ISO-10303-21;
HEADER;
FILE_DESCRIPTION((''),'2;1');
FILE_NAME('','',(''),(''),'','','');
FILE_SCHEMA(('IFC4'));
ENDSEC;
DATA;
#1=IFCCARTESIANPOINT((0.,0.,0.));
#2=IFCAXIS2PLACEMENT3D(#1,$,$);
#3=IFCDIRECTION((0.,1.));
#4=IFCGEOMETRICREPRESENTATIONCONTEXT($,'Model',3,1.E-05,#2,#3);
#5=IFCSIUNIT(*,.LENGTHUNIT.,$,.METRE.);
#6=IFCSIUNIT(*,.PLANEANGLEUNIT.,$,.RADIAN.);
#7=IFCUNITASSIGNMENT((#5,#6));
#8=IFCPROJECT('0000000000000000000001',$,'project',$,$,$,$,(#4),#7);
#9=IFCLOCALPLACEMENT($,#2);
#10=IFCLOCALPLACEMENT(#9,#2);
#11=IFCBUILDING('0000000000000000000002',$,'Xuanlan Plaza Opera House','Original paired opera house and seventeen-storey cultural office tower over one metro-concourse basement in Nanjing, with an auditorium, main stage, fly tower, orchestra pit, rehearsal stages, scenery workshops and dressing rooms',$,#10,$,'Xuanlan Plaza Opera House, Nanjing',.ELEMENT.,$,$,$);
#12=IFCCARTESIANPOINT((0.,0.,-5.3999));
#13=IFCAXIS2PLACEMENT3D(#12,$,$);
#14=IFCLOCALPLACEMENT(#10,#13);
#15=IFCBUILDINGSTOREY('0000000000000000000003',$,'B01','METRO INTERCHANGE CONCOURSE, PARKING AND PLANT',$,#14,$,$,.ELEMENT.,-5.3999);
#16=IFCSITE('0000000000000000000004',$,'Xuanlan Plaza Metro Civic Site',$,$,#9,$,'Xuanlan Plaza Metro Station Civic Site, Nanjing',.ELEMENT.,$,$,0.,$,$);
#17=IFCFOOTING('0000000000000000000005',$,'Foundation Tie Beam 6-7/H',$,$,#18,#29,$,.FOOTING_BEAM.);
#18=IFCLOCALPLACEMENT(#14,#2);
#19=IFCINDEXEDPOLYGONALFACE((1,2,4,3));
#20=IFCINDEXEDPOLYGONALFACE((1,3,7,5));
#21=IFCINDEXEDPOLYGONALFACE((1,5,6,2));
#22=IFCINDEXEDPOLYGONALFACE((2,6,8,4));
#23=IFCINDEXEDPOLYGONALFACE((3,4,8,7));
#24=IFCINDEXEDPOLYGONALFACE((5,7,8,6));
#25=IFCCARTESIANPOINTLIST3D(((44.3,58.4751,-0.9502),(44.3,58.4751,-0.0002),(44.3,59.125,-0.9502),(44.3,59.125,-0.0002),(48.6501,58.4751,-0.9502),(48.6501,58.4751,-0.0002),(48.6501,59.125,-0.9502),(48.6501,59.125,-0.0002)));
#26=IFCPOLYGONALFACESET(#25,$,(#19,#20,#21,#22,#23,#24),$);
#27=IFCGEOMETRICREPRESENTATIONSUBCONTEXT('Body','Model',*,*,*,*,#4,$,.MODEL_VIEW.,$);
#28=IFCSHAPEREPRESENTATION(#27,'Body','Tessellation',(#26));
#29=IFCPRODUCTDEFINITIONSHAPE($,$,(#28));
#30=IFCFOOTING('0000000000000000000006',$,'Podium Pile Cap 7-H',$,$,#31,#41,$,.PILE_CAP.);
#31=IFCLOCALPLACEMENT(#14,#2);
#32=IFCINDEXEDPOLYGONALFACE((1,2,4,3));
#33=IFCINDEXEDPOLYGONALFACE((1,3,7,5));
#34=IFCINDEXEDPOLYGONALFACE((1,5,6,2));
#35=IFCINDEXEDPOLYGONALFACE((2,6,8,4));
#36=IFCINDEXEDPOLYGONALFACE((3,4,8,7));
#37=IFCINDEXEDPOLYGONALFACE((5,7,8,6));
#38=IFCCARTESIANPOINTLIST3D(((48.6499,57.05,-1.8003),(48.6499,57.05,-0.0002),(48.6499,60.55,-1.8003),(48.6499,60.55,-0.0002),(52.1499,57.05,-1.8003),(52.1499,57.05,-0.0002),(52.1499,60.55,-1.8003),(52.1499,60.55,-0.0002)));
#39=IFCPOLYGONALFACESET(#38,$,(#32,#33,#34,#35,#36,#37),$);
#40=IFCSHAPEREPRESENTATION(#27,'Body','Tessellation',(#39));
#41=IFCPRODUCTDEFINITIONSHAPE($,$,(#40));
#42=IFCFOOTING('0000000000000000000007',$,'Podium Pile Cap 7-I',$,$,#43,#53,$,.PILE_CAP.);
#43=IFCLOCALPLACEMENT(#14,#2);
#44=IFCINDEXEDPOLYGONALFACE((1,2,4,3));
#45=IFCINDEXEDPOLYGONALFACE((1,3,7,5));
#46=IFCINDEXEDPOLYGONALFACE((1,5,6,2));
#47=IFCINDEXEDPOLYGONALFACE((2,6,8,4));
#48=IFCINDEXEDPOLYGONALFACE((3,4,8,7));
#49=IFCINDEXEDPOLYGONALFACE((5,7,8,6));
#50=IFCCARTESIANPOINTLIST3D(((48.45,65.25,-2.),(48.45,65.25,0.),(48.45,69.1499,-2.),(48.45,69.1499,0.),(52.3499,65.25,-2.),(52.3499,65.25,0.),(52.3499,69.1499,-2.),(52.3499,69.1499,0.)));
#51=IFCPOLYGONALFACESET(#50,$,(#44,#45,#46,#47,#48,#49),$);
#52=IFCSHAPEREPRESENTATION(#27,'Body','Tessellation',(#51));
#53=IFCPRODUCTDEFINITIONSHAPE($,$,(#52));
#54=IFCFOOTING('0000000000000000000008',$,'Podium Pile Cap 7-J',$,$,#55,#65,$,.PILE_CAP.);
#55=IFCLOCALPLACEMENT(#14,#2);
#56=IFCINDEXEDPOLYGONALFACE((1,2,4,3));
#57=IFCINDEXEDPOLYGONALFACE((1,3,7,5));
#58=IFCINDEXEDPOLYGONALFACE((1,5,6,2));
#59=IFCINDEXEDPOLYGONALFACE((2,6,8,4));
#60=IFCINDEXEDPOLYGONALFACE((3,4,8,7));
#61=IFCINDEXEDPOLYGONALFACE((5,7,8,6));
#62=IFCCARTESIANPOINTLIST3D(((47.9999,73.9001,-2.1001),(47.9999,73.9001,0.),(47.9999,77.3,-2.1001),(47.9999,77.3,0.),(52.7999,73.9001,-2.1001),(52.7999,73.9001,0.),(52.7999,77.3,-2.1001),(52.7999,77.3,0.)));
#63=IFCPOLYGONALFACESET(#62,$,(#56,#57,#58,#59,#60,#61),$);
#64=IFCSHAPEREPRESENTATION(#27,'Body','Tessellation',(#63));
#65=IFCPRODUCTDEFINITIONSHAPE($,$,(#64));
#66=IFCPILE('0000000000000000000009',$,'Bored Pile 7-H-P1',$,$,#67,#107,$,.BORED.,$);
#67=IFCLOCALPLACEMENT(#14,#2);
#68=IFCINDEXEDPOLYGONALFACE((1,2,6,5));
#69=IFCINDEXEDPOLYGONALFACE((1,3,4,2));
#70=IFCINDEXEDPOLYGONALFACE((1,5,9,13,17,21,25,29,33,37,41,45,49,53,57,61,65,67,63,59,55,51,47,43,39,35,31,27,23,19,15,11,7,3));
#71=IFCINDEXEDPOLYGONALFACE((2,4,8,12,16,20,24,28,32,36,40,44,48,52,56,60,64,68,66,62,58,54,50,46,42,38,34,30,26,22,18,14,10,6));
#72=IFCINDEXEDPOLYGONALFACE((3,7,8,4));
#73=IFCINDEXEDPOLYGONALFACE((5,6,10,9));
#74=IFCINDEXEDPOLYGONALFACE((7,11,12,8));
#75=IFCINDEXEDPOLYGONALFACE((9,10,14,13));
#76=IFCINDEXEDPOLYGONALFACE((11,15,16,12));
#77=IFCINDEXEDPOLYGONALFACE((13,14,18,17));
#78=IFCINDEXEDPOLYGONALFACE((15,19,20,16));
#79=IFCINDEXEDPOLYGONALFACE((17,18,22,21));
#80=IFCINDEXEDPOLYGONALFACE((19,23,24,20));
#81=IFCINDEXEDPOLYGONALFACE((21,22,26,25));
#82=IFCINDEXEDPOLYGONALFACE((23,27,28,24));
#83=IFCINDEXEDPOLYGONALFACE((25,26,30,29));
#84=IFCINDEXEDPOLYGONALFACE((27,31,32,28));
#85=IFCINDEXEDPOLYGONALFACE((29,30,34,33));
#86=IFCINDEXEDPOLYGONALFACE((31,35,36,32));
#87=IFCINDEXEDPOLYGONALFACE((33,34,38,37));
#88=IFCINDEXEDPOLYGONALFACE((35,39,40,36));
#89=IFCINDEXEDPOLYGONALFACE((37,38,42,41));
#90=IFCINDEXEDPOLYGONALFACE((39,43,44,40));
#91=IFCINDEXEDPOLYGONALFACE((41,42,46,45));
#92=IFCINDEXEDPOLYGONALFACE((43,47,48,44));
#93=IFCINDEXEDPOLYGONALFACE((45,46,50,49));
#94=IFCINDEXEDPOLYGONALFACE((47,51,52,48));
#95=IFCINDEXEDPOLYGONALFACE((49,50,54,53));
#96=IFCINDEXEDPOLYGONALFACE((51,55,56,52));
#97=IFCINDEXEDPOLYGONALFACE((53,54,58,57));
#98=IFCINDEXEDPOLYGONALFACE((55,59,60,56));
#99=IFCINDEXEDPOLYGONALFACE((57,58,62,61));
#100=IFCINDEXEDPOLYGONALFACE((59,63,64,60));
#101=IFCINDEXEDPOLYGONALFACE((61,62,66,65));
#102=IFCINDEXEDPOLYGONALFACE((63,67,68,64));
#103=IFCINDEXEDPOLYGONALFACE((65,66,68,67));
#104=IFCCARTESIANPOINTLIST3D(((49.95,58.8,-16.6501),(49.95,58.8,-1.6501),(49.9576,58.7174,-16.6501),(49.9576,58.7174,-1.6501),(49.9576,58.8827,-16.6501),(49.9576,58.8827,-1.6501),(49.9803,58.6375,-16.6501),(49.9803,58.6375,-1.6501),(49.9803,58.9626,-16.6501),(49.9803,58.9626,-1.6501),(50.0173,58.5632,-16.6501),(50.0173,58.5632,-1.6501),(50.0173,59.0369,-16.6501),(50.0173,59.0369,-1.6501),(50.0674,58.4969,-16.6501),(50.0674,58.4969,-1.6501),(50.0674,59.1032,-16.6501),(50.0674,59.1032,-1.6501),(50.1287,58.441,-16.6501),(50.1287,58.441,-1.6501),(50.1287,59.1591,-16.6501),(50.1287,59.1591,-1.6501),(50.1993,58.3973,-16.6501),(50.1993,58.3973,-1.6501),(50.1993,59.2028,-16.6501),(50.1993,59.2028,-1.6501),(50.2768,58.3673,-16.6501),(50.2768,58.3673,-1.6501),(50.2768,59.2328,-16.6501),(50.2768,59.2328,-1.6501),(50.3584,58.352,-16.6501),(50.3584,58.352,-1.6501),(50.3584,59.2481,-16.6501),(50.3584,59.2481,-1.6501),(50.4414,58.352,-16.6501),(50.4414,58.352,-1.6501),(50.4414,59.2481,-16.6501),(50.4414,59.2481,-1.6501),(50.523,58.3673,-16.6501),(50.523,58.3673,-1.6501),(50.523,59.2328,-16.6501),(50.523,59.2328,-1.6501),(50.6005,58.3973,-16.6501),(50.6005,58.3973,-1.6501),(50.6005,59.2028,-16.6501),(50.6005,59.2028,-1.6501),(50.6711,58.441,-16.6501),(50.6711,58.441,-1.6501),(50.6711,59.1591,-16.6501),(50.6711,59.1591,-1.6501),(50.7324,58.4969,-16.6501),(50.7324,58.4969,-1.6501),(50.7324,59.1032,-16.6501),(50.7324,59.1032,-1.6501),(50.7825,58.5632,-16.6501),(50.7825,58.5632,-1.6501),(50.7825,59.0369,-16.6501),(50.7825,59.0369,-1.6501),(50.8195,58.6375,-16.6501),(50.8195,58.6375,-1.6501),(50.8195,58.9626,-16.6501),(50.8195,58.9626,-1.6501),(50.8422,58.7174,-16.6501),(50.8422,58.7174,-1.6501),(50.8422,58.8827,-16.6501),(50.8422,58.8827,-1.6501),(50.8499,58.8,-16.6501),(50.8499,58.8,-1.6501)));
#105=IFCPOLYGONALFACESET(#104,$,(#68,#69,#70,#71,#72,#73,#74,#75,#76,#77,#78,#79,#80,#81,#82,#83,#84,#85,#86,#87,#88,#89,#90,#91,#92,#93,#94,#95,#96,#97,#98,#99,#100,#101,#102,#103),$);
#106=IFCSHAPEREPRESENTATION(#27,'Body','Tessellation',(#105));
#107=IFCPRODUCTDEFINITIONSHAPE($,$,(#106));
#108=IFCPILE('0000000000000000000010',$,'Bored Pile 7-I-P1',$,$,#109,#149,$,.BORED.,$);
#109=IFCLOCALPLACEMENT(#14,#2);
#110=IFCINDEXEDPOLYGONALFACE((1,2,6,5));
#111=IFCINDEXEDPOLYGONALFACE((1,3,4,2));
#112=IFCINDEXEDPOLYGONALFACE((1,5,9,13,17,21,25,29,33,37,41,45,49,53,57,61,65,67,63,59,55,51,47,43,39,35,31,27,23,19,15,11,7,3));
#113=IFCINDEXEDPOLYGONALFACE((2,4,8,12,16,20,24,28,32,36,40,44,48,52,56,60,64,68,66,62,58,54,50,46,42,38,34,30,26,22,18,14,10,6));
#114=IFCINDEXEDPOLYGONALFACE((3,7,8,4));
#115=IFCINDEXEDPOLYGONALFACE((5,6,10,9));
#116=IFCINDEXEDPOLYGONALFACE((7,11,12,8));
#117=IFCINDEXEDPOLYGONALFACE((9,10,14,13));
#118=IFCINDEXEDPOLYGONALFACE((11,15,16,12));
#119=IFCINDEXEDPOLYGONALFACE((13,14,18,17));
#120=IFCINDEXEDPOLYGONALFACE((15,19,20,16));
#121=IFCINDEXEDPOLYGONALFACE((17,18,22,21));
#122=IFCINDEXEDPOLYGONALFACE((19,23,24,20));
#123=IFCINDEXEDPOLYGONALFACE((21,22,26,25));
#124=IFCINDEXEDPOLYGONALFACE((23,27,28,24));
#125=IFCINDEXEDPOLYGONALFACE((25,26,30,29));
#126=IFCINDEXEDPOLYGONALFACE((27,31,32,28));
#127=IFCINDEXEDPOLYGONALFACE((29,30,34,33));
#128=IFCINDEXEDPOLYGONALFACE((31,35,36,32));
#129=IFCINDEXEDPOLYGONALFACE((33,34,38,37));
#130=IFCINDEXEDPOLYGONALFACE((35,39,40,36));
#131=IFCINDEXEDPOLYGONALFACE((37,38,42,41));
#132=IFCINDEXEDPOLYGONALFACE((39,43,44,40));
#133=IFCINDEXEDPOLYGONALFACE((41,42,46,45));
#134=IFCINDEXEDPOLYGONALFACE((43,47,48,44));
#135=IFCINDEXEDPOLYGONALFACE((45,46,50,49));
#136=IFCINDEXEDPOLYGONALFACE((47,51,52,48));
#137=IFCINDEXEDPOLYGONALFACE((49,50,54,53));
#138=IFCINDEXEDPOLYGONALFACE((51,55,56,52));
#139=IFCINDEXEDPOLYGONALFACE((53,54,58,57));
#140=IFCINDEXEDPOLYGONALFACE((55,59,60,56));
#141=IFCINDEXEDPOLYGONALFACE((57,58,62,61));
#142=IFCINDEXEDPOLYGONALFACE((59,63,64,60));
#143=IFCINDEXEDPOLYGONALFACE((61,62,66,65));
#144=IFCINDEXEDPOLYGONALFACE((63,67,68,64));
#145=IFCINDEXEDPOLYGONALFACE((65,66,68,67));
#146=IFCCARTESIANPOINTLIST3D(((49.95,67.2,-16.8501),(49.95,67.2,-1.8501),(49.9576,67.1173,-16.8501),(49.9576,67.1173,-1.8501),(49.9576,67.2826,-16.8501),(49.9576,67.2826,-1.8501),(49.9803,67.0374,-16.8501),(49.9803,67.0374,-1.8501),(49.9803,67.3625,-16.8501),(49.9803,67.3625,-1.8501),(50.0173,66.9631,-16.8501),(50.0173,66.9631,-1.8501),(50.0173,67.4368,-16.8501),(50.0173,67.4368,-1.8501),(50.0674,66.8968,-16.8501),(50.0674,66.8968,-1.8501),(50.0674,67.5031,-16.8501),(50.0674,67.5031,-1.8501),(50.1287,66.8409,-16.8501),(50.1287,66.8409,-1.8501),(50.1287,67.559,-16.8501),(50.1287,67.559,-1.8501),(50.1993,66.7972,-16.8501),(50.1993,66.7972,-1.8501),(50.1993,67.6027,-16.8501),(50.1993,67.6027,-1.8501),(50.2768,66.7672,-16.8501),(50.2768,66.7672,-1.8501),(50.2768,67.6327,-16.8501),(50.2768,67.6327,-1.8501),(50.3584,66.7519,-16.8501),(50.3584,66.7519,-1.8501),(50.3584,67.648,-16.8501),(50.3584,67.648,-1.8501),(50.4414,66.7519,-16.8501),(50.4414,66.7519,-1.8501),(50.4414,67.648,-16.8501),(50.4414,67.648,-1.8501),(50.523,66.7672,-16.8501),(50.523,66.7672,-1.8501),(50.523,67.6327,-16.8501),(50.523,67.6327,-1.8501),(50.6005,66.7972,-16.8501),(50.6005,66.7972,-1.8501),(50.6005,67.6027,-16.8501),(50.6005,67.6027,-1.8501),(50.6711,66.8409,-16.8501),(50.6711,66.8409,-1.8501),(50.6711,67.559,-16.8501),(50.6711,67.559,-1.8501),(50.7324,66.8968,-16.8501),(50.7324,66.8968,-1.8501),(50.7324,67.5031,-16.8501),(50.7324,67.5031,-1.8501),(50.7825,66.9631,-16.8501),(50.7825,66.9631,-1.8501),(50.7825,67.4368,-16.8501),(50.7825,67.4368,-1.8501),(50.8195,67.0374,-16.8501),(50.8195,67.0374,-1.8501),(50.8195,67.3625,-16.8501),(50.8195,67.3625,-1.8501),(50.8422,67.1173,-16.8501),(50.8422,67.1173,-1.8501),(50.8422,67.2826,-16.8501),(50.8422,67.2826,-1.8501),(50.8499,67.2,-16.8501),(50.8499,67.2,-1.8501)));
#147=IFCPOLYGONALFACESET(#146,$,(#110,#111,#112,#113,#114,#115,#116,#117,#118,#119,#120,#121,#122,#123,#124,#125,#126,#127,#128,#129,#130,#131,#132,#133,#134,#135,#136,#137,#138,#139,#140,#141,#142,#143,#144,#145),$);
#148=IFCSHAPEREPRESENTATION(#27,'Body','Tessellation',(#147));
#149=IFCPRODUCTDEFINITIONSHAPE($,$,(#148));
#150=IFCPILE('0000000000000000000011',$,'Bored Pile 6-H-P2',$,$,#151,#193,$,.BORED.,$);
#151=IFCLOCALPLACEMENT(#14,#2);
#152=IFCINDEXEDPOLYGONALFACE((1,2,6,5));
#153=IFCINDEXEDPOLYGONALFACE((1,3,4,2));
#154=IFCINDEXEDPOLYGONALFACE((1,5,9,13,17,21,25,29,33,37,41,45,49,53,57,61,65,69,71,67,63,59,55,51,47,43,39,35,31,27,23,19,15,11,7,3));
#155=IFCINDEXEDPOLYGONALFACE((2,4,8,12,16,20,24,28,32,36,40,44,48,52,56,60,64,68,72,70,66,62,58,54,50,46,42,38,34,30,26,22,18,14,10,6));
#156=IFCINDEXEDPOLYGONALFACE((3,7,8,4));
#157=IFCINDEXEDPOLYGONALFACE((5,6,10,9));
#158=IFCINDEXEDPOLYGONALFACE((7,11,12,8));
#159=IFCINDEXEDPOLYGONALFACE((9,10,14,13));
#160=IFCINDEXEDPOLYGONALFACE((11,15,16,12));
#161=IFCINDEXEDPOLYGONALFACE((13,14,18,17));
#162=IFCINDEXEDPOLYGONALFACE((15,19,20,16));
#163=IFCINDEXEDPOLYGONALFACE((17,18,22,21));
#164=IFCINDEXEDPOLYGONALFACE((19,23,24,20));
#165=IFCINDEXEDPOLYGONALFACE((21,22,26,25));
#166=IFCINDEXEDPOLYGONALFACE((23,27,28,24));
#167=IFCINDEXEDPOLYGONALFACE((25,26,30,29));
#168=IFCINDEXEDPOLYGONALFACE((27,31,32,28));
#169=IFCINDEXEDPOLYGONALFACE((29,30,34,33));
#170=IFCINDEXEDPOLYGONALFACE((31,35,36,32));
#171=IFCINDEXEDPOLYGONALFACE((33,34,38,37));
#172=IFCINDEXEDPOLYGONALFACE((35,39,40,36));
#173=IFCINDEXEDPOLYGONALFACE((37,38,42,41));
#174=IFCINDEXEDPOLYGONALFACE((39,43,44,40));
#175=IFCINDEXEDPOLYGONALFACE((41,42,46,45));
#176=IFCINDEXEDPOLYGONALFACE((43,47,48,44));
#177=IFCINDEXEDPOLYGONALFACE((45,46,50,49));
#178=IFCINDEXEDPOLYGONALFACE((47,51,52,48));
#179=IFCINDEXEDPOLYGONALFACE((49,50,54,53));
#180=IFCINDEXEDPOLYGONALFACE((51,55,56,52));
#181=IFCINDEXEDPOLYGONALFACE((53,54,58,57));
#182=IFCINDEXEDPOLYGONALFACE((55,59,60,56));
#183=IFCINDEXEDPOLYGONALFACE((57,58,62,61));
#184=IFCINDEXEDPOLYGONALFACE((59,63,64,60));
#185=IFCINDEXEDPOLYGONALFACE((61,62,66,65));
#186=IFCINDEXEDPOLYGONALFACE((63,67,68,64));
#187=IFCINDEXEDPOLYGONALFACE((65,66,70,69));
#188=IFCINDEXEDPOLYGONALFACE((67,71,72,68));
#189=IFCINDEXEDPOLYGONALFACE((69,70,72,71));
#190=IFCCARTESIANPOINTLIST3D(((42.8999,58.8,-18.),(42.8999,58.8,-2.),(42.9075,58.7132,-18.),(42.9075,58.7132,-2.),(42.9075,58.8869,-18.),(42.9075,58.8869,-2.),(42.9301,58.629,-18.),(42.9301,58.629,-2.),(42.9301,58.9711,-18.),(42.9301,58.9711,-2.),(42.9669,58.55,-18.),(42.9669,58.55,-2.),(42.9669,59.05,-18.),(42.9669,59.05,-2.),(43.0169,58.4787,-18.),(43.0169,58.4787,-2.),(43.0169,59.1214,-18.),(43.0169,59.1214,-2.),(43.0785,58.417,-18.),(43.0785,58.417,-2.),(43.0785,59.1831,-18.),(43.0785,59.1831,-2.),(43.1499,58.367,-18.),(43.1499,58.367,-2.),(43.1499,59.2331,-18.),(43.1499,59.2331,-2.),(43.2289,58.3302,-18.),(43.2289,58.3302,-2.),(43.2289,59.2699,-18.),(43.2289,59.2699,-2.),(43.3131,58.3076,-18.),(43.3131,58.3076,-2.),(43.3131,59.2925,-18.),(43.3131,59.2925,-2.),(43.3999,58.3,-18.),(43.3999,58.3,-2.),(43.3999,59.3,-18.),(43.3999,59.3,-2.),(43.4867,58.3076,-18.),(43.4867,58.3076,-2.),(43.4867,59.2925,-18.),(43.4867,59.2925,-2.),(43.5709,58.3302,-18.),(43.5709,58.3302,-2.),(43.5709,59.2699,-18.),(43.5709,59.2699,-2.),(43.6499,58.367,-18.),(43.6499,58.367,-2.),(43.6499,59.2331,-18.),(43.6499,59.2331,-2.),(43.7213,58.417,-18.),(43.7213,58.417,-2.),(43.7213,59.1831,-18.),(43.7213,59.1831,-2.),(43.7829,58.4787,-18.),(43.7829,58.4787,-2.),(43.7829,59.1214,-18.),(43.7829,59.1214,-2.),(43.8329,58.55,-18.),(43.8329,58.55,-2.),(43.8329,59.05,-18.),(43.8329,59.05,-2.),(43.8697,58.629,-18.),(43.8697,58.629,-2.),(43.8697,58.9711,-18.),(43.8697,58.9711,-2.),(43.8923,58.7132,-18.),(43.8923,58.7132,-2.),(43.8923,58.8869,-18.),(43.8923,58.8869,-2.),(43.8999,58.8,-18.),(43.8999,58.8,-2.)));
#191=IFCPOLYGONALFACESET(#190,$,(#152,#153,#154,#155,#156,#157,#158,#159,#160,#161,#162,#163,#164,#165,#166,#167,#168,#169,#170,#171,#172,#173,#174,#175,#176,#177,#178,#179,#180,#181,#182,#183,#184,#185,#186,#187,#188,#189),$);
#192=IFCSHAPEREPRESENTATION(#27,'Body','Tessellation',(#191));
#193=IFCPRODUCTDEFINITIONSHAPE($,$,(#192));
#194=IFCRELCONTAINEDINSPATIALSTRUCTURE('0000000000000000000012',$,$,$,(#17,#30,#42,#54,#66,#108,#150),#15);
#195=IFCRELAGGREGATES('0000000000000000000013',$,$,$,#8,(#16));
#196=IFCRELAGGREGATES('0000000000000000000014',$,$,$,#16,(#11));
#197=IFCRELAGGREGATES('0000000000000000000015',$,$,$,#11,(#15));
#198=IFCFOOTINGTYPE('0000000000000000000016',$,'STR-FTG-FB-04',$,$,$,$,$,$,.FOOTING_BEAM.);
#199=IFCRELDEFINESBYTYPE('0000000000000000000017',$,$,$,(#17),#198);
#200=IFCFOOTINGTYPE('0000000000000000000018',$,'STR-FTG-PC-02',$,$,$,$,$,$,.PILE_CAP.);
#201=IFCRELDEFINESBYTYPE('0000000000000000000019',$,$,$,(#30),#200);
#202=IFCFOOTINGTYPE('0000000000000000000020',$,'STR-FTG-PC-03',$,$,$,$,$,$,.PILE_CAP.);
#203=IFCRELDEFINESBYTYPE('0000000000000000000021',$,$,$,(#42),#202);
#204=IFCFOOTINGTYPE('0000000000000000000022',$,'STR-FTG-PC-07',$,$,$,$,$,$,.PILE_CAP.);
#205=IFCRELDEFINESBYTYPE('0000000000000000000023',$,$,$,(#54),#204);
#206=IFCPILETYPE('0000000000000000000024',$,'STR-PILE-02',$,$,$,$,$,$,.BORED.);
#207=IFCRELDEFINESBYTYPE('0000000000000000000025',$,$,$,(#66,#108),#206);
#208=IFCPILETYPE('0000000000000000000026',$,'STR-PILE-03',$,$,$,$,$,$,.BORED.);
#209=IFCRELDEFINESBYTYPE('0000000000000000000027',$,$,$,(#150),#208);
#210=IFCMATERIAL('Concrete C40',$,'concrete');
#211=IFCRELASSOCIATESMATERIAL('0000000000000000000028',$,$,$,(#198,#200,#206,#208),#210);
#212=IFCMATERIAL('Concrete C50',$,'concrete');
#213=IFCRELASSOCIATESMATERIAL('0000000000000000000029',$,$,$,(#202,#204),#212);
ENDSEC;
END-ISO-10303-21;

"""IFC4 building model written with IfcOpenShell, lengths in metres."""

from ifc_helpers import new_model, si_unit, direction, frame, origin, origin_2d, place, context, subcontext, project, spatial, rectangle, circle, extrude, material, material_profile, profile_set, type_object, element, save


model = new_model("IFC4")

# Units and contexts
model_context = context("Model", 3, precision=1e-05, world=origin(), true_north=direction((0.0, 1.0)))
body_context = subcontext(model_context, "Body", "Model", "MODEL_VIEW")
ifc_project = project(units=[si_unit("LENGTHUNIT", "METRE"), si_unit("PLANEANGLEUNIT", "RADIAN")], contexts=[model_context])

# Site, building, storey
site_placement = place(None, origin())
site = spatial("IfcSite", under=ifc_project, at=site_placement, Name="Xuanlan Plaza Metro Civic Site", LongName="Xuanlan Plaza Metro Station Civic Site, Nanjing", CompositionType="ELEMENT", RefElevation=0.0)
building_placement = place(site_placement, origin())
building = spatial("IfcBuilding", under=site, at=building_placement, Name="Xuanlan Plaza Opera House", Description="Original paired opera house and seventeen-storey cultural office tower over one metro-concourse basement in Nanjing, with an auditorium, main stage, fly tower, orchestra pit, rehearsal stages, scenery workshops and dressing rooms", LongName="Xuanlan Plaza Opera House, Nanjing", CompositionType="ELEMENT")
storey_placement = place(building_placement, frame((0.0, 0.0, -5.3999)))
storey = spatial("IfcBuildingStorey", under=building, at=storey_placement, Name="B01", Description="METRO INTERCHANGE CONCOURSE, PARKING AND PLANT", CompositionType="ELEMENT", Elevation=-5.3999)

# Footings
ifc_material_1 = material(Name="Concrete C40", Category="concrete")
footing_type_1 = type_object("IfcFootingType", Name="STR-FTG-FB-04", PredefinedType="FOOTING_BEAM", material=ifc_material_1)
footing_1_placement = place(storey_placement, frame((46.4751, 58.8, -0.9502), z_axis=(0.0, 0.0, 1.0), x_axis=(1.0, 0.0, 0.0)))
element("IfcFooting", 1, at=footing_1_placement, inside=storey, type_object=footing_type_1, Name="Foundation Tie Beam 6-7/H", PredefinedType="FOOTING_BEAM", context=body_context, shape_type="SweptSolid", body=[
    extrude(rectangle(XDim=4.3501, YDim=0.6499, at=origin_2d()), origin(), (0.0, 0.0, 1.0), 0.95),
])
footing_type_2 = type_object("IfcFootingType", Name="STR-FTG-PC-02", PredefinedType="PILE_CAP", material=ifc_material_1)
footing_2_placement = place(storey_placement, frame((50.3999, 58.8, -1.8003), z_axis=(0.0, 0.0, 1.0), x_axis=(1.0, 0.0, 0.0)))
element("IfcFooting", 2, at=footing_2_placement, inside=storey, type_object=footing_type_2, Name="Podium Pile Cap 7-H", PredefinedType="PILE_CAP", context=body_context, shape_type="SweptSolid", body=[
    extrude(rectangle(XDim=3.5, YDim=3.5, at=origin_2d()), origin(), (0.0, 0.0, 1.0), 1.8),
])
ifc_material_2 = material(Name="Concrete C50", Category="concrete")
footing_type_3 = type_object("IfcFootingType", Name="STR-FTG-PC-03", PredefinedType="PILE_CAP", material=ifc_material_2)
footing_3_placement = place(storey_placement, frame((50.3999, 67.2, -2.0), z_axis=(0.0, 0.0, 1.0), x_axis=(1.0, 0.0, 0.0)))
element("IfcFooting", 3, at=footing_3_placement, inside=storey, type_object=footing_type_3, Name="Podium Pile Cap 7-I", PredefinedType="PILE_CAP", context=body_context, shape_type="SweptSolid", body=[
    extrude(rectangle(XDim=3.8999, YDim=3.8999, at=origin_2d()), origin(), (0.0, 0.0, 1.0), 2.0),
])
footing_type_4 = type_object("IfcFootingType", Name="STR-FTG-PC-07", PredefinedType="PILE_CAP", material=ifc_material_2)
footing_4_placement = place(storey_placement, frame((50.3999, 75.6001, -2.1001), z_axis=(0.0, 0.0, 1.0), x_axis=(1.0, 0.0, 0.0)))
element("IfcFooting", 4, at=footing_4_placement, inside=storey, type_object=footing_type_4, Name="Podium Pile Cap 7-J", PredefinedType="PILE_CAP", context=body_context, shape_type="SweptSolid", body=[
    extrude(rectangle(XDim=4.8, YDim=3.3999, at=origin_2d()), origin(), (0.0, 0.0, 1.0), 2.1001),
])

# Piles
ifc_material_profile_1 = material_profile(ifc_material_1, circle(Radius=0.45, at=origin_2d()), Name="PILE D900")
ifc_profile_set_1 = profile_set([ifc_material_profile_1], Name="Concrete C40")
pile_type_1 = type_object("IfcPileType", Name="STR-PILE-02", PredefinedType="BORED", material=ifc_profile_set_1)
for number, where, z_axis, x_axis, name in (
    (5, (50.3999, 58.8, -1.6501), (0.0, 0.0, -1.0), (1.0, 0.0, 0.0), "Bored Pile 7-H-P1"),
    (6, (50.3999, 67.2, -1.8501), (0.0, 0.0, -1.0), (1.0, 0.0, 0.0), "Bored Pile 7-I-P1"),
):
    element("IfcPile", number, at=place(storey_placement, frame(where, z_axis=z_axis, x_axis=x_axis)), inside=storey, type_object=pile_type_1, Name=name, PredefinedType="BORED", context=body_context, shape_type="SweptSolid", body=[
        extrude(circle(Radius=0.45, at=origin_2d()), origin(), (0.0, 0.0, 1.0), 15.0),
    ])
ifc_material_profile_2 = material_profile(ifc_material_1, circle(Radius=0.5, at=origin_2d()), Name="PILE D1000")
ifc_profile_set_2 = profile_set([ifc_material_profile_2], Name="Concrete C40")
pile_type_2 = type_object("IfcPileType", Name="STR-PILE-03", PredefinedType="BORED", material=ifc_profile_set_2)
for number, where, z_axis, x_axis, name in (
    (7, (43.3999, 58.8, -2.0), (0.0, 0.0, -1.0), (1.0, 0.0, 0.0), "Bored Pile 6-H-P2"),
):
    element("IfcPile", number, at=place(storey_placement, frame(where, z_axis=z_axis, x_axis=x_axis)), inside=storey, type_object=pile_type_2, Name=name, PredefinedType="BORED", context=body_context, shape_type="SweptSolid", body=[
        extrude(circle(Radius=0.5, at=origin_2d()), origin(), (0.0, 0.0, 1.0), 16.0),
    ])

save(model, "model.ifc")
